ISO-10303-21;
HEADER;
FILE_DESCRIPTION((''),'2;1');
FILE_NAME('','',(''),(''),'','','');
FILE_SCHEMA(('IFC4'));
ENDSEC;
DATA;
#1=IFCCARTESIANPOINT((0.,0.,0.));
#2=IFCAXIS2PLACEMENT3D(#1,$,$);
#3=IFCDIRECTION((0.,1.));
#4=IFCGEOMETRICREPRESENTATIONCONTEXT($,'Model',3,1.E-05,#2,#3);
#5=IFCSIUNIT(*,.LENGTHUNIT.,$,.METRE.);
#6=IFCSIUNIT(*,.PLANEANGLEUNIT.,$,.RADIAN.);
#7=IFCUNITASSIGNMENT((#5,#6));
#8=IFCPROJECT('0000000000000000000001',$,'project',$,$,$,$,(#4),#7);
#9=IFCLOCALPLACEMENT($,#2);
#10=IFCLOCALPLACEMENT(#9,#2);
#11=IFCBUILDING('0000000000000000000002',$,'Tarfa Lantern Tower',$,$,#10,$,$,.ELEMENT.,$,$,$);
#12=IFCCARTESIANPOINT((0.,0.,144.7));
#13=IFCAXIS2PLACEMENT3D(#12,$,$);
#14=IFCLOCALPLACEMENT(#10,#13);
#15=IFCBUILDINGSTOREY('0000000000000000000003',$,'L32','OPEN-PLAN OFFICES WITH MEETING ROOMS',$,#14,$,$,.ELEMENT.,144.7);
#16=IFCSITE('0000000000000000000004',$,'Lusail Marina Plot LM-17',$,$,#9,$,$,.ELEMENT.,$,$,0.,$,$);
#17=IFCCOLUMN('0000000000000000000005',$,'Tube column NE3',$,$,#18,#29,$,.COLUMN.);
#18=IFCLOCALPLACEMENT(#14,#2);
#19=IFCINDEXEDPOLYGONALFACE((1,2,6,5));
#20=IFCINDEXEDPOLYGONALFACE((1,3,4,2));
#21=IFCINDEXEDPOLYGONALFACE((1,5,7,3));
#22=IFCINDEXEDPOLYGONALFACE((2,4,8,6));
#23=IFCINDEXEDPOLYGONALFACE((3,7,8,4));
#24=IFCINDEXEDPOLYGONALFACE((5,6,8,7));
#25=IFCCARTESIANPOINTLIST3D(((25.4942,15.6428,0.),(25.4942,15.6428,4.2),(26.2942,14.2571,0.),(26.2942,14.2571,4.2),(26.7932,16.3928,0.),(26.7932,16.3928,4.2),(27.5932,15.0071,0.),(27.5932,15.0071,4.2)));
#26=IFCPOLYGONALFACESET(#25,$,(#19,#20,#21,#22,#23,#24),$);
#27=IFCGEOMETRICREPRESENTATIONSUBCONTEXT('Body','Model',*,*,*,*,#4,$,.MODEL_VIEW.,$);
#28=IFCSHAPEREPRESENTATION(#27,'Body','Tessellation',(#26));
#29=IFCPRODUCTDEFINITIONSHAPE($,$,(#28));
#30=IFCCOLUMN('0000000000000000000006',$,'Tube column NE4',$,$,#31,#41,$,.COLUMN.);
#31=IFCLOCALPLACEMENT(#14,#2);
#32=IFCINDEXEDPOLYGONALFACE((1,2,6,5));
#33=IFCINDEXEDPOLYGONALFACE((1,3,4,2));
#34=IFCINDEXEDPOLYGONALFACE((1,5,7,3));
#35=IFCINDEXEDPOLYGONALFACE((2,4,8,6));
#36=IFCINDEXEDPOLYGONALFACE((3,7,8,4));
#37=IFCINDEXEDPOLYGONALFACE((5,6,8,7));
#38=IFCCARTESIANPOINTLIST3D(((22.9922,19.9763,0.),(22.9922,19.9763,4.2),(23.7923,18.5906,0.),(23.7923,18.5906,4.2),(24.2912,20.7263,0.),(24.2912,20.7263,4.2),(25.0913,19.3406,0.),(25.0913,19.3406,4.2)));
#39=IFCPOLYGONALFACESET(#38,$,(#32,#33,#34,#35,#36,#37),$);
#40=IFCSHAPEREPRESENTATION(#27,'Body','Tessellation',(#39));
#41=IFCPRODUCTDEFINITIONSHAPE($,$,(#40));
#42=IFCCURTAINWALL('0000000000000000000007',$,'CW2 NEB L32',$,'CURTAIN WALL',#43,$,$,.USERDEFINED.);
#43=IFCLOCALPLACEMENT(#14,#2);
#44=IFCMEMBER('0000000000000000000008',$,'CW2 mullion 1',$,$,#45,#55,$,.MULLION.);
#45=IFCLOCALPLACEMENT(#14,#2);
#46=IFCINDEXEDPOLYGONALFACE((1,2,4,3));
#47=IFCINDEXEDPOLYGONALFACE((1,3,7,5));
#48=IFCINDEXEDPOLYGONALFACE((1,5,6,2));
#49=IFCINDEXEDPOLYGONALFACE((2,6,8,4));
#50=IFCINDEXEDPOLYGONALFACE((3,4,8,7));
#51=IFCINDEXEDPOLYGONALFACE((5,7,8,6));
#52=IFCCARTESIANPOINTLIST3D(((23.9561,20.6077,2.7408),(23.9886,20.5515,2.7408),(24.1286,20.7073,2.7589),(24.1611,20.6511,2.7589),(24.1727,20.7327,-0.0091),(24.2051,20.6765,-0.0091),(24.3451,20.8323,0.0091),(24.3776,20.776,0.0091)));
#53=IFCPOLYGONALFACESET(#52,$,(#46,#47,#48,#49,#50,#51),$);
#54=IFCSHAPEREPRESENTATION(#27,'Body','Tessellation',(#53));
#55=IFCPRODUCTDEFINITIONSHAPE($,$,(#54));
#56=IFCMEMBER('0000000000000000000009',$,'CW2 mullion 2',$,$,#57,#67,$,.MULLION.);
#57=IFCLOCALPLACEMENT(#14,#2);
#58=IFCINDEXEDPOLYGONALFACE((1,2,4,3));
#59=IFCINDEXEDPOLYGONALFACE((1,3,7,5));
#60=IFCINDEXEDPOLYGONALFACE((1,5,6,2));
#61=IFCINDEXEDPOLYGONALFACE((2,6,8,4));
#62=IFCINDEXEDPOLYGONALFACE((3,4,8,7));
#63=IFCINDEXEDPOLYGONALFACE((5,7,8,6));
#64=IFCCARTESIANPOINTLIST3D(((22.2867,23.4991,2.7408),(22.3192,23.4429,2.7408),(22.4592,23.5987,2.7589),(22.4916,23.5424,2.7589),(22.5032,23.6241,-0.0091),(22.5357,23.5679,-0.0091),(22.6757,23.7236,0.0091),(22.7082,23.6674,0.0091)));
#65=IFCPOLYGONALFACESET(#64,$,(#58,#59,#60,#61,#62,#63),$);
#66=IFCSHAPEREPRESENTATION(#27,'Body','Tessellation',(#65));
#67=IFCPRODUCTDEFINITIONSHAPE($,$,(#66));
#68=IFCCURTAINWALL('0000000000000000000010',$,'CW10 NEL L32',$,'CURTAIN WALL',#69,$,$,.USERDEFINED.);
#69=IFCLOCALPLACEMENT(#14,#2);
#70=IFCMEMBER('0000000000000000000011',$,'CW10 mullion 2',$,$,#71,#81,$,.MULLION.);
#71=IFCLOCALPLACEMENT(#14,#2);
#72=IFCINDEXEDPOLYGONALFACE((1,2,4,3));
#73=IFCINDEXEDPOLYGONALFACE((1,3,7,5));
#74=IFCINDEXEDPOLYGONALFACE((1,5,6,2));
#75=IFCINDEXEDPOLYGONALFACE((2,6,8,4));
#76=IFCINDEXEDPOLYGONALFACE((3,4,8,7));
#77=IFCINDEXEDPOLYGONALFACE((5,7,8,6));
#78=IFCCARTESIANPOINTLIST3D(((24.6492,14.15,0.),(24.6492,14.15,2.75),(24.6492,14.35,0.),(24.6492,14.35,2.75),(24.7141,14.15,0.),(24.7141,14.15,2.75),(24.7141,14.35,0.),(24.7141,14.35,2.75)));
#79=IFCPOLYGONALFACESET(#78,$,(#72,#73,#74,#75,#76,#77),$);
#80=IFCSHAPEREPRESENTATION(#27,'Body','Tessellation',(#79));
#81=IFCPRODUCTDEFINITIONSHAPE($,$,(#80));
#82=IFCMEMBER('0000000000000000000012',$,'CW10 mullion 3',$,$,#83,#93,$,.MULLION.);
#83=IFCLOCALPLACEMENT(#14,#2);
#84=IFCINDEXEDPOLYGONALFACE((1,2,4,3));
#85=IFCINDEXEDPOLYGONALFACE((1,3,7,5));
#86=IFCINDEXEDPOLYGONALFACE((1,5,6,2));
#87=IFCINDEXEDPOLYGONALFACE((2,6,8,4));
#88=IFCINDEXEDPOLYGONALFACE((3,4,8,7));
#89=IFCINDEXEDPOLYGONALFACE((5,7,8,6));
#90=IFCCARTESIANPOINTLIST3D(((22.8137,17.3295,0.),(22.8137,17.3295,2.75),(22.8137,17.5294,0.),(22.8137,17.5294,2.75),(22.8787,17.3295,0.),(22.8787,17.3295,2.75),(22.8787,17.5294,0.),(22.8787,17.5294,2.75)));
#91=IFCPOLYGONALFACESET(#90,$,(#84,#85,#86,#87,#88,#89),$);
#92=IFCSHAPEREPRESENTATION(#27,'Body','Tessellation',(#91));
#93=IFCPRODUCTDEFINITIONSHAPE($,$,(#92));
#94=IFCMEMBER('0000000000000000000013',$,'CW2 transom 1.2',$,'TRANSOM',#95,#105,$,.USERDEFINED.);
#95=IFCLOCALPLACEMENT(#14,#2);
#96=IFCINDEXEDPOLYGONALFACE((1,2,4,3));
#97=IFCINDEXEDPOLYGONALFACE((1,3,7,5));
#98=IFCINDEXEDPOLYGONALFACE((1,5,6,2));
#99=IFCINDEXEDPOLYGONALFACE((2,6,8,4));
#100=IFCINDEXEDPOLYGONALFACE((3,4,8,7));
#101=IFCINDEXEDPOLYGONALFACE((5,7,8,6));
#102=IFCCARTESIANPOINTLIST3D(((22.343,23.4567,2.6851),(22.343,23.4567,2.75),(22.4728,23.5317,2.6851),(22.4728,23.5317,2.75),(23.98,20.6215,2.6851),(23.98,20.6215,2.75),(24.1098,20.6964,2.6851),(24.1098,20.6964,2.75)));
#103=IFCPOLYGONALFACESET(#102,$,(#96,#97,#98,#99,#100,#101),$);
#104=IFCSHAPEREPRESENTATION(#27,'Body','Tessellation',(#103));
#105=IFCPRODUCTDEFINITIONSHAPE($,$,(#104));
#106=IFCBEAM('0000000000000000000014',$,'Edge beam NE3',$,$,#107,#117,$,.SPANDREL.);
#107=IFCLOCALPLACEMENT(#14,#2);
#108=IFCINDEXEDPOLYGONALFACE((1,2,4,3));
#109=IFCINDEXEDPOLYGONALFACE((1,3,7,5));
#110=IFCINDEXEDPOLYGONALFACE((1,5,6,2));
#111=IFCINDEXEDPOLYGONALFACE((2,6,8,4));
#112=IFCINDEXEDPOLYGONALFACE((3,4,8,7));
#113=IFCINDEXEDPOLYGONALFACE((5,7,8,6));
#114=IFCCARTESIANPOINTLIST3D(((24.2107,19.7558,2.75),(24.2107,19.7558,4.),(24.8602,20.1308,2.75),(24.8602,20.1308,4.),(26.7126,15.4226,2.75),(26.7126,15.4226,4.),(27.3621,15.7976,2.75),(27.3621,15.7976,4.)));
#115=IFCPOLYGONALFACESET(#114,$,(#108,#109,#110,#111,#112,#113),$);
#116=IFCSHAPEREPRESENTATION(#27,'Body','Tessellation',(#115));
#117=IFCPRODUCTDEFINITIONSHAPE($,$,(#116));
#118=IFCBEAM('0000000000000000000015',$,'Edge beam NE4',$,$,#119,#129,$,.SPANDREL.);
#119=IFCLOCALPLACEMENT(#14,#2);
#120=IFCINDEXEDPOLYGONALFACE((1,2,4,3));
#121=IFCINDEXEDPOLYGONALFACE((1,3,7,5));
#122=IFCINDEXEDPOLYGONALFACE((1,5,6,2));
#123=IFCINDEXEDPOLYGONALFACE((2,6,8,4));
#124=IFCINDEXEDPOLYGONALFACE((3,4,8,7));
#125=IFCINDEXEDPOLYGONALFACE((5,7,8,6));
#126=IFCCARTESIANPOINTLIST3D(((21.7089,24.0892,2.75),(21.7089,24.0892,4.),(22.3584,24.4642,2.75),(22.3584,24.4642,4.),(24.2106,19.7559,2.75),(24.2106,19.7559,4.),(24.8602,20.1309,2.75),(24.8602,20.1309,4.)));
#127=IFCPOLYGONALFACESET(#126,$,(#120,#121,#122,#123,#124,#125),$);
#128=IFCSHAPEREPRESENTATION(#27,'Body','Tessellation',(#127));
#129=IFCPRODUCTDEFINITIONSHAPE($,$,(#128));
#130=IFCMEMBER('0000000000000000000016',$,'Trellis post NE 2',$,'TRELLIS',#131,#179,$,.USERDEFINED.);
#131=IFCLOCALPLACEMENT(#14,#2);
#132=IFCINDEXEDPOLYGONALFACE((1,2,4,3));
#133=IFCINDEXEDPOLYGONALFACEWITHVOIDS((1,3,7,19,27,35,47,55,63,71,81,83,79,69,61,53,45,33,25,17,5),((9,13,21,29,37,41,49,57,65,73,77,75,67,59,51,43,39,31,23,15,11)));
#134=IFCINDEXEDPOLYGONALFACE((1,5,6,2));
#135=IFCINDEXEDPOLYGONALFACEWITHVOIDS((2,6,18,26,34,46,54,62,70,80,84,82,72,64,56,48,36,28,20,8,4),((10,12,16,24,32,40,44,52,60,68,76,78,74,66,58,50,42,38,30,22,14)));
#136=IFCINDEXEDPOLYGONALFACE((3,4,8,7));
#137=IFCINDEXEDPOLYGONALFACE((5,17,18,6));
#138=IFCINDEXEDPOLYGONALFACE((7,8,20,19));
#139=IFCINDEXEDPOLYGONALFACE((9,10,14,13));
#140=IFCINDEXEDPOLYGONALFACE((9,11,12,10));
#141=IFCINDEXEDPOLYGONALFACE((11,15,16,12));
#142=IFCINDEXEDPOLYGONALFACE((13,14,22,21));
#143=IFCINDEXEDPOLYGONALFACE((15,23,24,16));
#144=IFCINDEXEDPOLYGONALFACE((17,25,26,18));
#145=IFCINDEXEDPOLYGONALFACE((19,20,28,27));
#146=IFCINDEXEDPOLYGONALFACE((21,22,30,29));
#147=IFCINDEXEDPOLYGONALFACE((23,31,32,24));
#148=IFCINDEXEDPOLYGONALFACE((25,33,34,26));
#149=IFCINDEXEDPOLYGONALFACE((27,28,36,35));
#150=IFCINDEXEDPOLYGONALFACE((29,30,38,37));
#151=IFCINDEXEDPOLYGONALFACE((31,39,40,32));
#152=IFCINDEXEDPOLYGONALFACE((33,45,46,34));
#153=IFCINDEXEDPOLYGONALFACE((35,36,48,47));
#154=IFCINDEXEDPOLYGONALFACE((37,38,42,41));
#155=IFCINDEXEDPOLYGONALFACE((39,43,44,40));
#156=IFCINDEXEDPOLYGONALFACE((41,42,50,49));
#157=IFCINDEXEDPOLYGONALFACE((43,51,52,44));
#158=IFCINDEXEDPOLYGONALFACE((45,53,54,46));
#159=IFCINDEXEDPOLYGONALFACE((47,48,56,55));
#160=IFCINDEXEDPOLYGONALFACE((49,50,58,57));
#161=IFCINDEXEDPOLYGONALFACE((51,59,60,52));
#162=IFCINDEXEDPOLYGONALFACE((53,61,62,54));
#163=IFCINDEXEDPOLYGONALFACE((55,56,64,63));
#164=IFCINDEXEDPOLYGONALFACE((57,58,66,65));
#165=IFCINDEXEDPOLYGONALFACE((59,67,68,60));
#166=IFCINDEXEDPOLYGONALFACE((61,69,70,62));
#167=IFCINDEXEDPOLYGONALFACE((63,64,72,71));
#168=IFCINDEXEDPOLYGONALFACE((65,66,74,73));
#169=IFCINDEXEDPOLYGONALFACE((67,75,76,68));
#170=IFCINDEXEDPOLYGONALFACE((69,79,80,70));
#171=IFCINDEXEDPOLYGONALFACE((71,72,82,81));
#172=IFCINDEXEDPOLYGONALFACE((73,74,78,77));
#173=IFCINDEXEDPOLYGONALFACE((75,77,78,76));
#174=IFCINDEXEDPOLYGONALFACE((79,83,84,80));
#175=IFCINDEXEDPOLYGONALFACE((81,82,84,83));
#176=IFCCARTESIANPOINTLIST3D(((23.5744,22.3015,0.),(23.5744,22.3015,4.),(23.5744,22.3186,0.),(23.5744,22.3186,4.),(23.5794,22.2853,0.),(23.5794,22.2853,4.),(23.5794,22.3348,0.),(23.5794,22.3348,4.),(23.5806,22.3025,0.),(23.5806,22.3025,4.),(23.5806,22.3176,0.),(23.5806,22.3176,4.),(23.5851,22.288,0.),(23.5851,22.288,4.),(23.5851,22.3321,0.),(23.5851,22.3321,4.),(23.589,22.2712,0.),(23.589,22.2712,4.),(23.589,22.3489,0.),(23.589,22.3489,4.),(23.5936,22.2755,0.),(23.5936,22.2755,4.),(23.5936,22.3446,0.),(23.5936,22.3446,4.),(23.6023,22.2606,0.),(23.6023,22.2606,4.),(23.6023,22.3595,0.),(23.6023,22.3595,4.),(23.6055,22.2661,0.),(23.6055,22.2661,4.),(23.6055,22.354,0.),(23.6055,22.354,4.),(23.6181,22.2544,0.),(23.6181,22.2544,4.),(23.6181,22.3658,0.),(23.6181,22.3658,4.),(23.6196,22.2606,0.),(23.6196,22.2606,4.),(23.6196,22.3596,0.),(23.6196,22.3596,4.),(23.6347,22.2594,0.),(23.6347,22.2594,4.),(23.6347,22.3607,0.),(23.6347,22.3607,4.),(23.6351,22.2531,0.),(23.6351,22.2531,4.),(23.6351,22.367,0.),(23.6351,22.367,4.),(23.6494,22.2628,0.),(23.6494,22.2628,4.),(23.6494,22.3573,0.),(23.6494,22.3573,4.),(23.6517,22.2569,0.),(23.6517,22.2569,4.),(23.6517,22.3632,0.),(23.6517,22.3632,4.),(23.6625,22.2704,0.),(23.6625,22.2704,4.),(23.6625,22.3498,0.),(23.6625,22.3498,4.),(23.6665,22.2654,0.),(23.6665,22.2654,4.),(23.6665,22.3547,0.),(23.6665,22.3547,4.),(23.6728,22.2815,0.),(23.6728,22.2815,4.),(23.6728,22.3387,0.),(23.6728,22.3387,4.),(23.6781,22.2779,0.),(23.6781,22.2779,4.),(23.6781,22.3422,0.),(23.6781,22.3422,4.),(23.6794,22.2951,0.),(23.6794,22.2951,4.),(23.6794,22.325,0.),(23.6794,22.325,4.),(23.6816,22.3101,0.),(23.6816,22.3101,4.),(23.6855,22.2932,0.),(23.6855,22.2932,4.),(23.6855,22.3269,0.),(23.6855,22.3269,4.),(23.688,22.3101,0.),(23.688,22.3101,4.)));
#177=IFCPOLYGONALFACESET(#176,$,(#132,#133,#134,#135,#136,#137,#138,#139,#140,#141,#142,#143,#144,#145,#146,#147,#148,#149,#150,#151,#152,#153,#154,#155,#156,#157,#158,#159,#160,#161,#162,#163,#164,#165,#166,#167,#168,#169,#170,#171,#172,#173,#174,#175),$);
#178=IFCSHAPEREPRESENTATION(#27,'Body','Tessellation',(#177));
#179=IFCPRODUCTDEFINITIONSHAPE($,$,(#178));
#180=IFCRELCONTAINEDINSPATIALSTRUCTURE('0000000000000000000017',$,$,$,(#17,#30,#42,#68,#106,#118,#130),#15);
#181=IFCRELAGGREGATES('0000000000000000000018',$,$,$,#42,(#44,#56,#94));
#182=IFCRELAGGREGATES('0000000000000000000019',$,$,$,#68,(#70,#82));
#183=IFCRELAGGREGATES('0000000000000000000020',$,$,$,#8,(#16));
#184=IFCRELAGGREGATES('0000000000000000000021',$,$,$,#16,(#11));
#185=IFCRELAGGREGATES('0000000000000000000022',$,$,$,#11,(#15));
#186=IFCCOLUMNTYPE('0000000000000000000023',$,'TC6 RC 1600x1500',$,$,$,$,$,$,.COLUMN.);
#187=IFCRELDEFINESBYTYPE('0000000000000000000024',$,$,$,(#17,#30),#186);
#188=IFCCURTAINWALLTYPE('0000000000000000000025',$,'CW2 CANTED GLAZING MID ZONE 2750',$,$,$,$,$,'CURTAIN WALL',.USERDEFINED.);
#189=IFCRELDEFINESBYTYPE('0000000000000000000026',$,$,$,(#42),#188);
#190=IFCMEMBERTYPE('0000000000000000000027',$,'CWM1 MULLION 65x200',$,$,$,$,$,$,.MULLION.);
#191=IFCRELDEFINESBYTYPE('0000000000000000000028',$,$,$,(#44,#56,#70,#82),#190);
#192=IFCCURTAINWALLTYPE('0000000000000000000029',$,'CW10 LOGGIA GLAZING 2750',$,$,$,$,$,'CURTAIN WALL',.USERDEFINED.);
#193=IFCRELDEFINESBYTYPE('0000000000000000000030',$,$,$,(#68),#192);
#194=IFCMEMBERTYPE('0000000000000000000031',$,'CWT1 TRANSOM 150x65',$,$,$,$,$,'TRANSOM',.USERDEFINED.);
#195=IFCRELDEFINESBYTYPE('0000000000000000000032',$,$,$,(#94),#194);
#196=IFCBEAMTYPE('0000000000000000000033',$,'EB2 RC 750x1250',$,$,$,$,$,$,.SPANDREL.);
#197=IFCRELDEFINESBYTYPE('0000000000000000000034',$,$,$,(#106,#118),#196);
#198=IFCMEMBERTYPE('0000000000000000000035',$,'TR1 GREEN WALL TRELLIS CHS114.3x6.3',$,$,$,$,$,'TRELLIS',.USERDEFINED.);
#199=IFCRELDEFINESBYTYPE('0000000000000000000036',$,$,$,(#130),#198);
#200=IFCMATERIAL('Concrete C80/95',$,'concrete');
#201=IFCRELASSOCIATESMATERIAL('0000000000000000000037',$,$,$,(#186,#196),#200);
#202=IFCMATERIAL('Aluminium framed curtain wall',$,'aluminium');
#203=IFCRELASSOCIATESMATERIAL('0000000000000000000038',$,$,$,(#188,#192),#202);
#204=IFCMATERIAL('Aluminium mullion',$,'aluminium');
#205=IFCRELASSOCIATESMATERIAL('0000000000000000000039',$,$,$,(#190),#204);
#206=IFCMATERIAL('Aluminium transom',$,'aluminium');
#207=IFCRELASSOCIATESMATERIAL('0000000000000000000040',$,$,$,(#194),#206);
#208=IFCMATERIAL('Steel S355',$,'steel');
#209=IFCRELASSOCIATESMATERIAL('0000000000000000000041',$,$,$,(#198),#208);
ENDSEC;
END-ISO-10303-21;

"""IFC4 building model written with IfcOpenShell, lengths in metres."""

from ifc_helpers import new_model, si_unit, direction, frame, origin, origin_2d, place, context, subcontext, project, spatial, rectangle, hollow_circle, extrude, material, material_profile, profile_set, type_object, element, aggregate, save


model = new_model("IFC4")

# Units and contexts
model_context = context("Model", 3, precision=1e-05, world=origin(), true_north=direction((0.0, 1.0)))
body_context = subcontext(model_context, "Body", "Model", "MODEL_VIEW")
ifc_project = project(units=[si_unit("LENGTHUNIT", "METRE"), si_unit("PLANEANGLEUNIT", "RADIAN")], contexts=[model_context])

# Site, building, storey
site_placement = place(None, origin())
site = spatial("IfcSite", under=ifc_project, at=site_placement, Name="Lusail Marina Plot LM-17", CompositionType="ELEMENT", RefElevation=0.0)
building_placement = place(site_placement, origin())
building = spatial("IfcBuilding", under=site, at=building_placement, Name="Tarfa Lantern Tower", CompositionType="ELEMENT")
storey_placement = place(building_placement, frame((0.0, 0.0, 144.7)))
storey = spatial("IfcBuildingStorey", under=building, at=storey_placement, Name="L32", Description="OPEN-PLAN OFFICES WITH MEETING ROOMS", CompositionType="ELEMENT", Elevation=144.7)

# Columns
ifc_material_1 = material(Name="Concrete C80/95", Category="concrete")
ifc_material_profile_1 = material_profile(ifc_material_1, rectangle(XDim=1.6001, YDim=1.5, at=origin_2d()), Name="RC 1600x1500")
ifc_profile_set_1 = profile_set([ifc_material_profile_1], Name="Concrete C80/95")
column_type = type_object("IfcColumnType", Name="TC6 RC 1600x1500", PredefinedType="COLUMN", material=ifc_profile_set_1)
for number, where, z_axis, x_axis, name in (
    (1, (26.5437, 15.325, 0.0), (0.0, 0.0, 1.0), (-0.5, 0.866025, 0.0), "Tube column NE3"),
    (2, (24.0417, 19.6584, 0.0), (0.0, 0.0, 1.0), (-0.5, 0.866025, 0.0), "Tube column NE4"),
):
    element("IfcColumn", number, at=place(storey_placement, frame(where, z_axis=z_axis, x_axis=x_axis)), inside=storey, type_object=column_type, Name=name, PredefinedType="COLUMN", context=body_context, shape_type="SweptSolid", body=[
        extrude(rectangle(XDim=1.6001, YDim=1.5, at=origin_2d()), origin(), (0.0, 0.0, 1.0), 4.2),
    ])

# Curtain walls, members
ifc_material_2 = material(Name="Aluminium framed curtain wall", Category="aluminium")
curtain_wall_type_1 = type_object("IfcCurtainWallType", Name="CW2 CANTED GLAZING MID ZONE 2750", ElementType="CURTAIN WALL", PredefinedType="USERDEFINED", material=ifc_material_2)
curtain_wall_1_placement = place(storey_placement, origin())
curtain_wall_1 = element("IfcCurtainWall", 3, at=curtain_wall_1_placement, inside=storey, type_object=curtain_wall_type_1, Name="CW2 NEB L32", ObjectType="CURTAIN WALL", PredefinedType="USERDEFINED")
ifc_material_3 = material(Name="Aluminium mullion", Category="aluminium")
ifc_material_profile_2 = material_profile(ifc_material_3, rectangle(XDim=0.0649, YDim=0.2, at=origin_2d()), Name="AL MULLION 65x200")
ifc_profile_set_2 = profile_set([ifc_material_profile_2], Name="Aluminium mullion")
member_type_1 = type_object("IfcMemberType", Name="CWM1 MULLION 65x200", PredefinedType="MULLION", material=ifc_profile_set_2)
member_1_placement = place(storey_placement, frame((24.2751, 20.7544, 0.0), z_axis=(-0.078423, -0.045268, 0.995892), x_axis=(0.49992, -0.866072, 0.0)))
member_1 = element("IfcMember", 4, at=member_1_placement, type_object=member_type_1, Name="CW2 mullion 1", PredefinedType="MULLION", context=body_context, shape_type="SweptSolid", body=[
    extrude(rectangle(XDim=0.0649, YDim=0.2, at=origin_2d()), origin(), (0.0, 0.0, 1.0), 2.7612),
])
member_2_placement = place(storey_placement, frame((22.6057, 23.6458, 0.0), z_axis=(-0.078423, -0.045268, 0.995892), x_axis=(0.49992, -0.866072, 0.0)))
member_2 = element("IfcMember", 5, at=member_2_placement, type_object=member_type_1, Name="CW2 mullion 2", PredefinedType="MULLION", context=body_context, shape_type="SweptSolid", body=[
    extrude(rectangle(XDim=0.0649, YDim=0.2, at=origin_2d()), origin(), (0.0, 0.0, 1.0), 2.7612),
])
curtain_wall_type_2 = type_object("IfcCurtainWallType", Name="CW10 LOGGIA GLAZING 2750", ElementType="CURTAIN WALL", PredefinedType="USERDEFINED", material=ifc_material_2)
curtain_wall_2_placement = place(storey_placement, origin())
curtain_wall_2 = element("IfcCurtainWall", 6, at=curtain_wall_2_placement, inside=storey, type_object=curtain_wall_type_2, Name="CW10 NEL L32", ObjectType="CURTAIN WALL", PredefinedType="USERDEFINED")
member_3_placement = place(storey_placement, frame((24.6816, 14.25, 0.0), z_axis=(0.0, 0.0, 1.0), x_axis=(1.0, 0.0, 0.0)))
member_3 = element("IfcMember", 7, at=member_3_placement, type_object=member_type_1, Name="CW10 mullion 2", PredefinedType="MULLION", context=body_context, shape_type="SweptSolid", body=[
    extrude(rectangle(XDim=0.0649, YDim=0.2, at=origin_2d()), origin(), (0.0, 0.0, 1.0), 2.75),
])
member_4_placement = place(storey_placement, frame((22.8462, 17.4294, 0.0), z_axis=(0.0, 0.0, 1.0), x_axis=(1.0, 0.0, 0.0)))
member_4 = element("IfcMember", 8, at=member_4_placement, type_object=member_type_1, Name="CW10 mullion 3", PredefinedType="MULLION", context=body_context, shape_type="SweptSolid", body=[
    extrude(rectangle(XDim=0.0649, YDim=0.2, at=origin_2d()), origin(), (0.0, 0.0, 1.0), 2.75),
])

# Member
ifc_material_4 = material(Name="Aluminium transom", Category="aluminium")
ifc_material_profile_3 = material_profile(ifc_material_4, rectangle(XDim=0.1499, YDim=0.0649, at=origin_2d()), Name="AL TRANSOM 150x65")
ifc_profile_set_3 = profile_set([ifc_material_profile_3], Name="Aluminium transom")
member_type_2 = type_object("IfcMemberType", Name="CWT1 TRANSOM 150x65", ElementType="TRANSOM", PredefinedType="USERDEFINED", material=ifc_profile_set_3)
member_5_placement = place(storey_placement, frame((24.0449, 20.6589, 2.7175), z_axis=(-0.500013, 0.866018, 0.0), x_axis=(-0.866018, -0.500013, 0.0)))
member_5 = element("IfcMember", 9, at=member_5_placement, type_object=member_type_2, Name="CW2 transom 1.2", ObjectType="TRANSOM", PredefinedType="USERDEFINED", context=body_context, shape_type="SweptSolid", body=[
    extrude(rectangle(XDim=0.1499, YDim=0.0649, at=origin_2d()), origin(), (0.0, 0.0, 1.0), 3.2739),
])

# Beams
ifc_material_profile_4 = material_profile(ifc_material_1, rectangle(XDim=0.75, YDim=1.25, at=origin_2d()), Name="RC 750x1250")
ifc_profile_set_4 = profile_set([ifc_material_profile_4], Name="Concrete C80/95")
beam_type_1 = type_object("IfcBeamType", Name="EB2 RC 750x1250", PredefinedType="SPANDREL", material=ifc_profile_set_4)
for number, where, z_axis, x_axis, name in (
    (10, (27.0374, 15.6101, 3.375), (-0.500022, 0.866013, 0.0), (-0.866013, -0.500022, 0.0), "Edge beam NE3"),
    (11, (24.5354, 19.9434, 3.375), (-0.499986, 0.866034, 0.0), (-0.866034, -0.499986, 0.0), "Edge beam NE4"),
):
    element("IfcBeam", number, at=place(storey_placement, frame(where, z_axis=z_axis, x_axis=x_axis)), inside=storey, type_object=beam_type_1, Name=name, PredefinedType="SPANDREL", context=body_context, shape_type="SweptSolid", body=[
        extrude(rectangle(XDim=0.75, YDim=1.25, at=origin_2d()), origin(), (0.0, 0.0, 1.0), 5.0037),
    ])

# Member
ifc_material_5 = material(Name="Steel S355", Category="steel")
ifc_material_profile_5 = material_profile(ifc_material_5, hollow_circle(Radius=0.0571, WallThickness=0.0063, at=origin_2d()), Name="CHS114.3x6.3")
ifc_profile_set_5 = profile_set([ifc_material_profile_5], Name="Steel S355")
member_type_3 = type_object("IfcMemberType", Name="TR1 GREEN WALL TRELLIS CHS114.3x6.3", ElementType="TRELLIS", PredefinedType="USERDEFINED", material=ifc_profile_set_5)
member_6_placement = place(storey_placement, frame((23.6309, 22.3101, 0.0), z_axis=(0.0, 0.0, 1.0), x_axis=(1.0, 0.0, 0.0)))
element("IfcMember", 12, at=member_6_placement, inside=storey, type_object=member_type_3, Name="Trellis post NE 2", ObjectType="TRELLIS", PredefinedType="USERDEFINED", context=body_context, shape_type="SweptSolid", body=[
    extrude(hollow_circle(Radius=0.0571, WallThickness=0.0063, at=origin_2d()), origin(), (0.0, 0.0, 1.0), 4.0),
])

aggregate(curtain_wall_1, [member_1, member_2, member_5])
aggregate(curtain_wall_2, [member_3, member_4])

save(model, "model.ifc")
